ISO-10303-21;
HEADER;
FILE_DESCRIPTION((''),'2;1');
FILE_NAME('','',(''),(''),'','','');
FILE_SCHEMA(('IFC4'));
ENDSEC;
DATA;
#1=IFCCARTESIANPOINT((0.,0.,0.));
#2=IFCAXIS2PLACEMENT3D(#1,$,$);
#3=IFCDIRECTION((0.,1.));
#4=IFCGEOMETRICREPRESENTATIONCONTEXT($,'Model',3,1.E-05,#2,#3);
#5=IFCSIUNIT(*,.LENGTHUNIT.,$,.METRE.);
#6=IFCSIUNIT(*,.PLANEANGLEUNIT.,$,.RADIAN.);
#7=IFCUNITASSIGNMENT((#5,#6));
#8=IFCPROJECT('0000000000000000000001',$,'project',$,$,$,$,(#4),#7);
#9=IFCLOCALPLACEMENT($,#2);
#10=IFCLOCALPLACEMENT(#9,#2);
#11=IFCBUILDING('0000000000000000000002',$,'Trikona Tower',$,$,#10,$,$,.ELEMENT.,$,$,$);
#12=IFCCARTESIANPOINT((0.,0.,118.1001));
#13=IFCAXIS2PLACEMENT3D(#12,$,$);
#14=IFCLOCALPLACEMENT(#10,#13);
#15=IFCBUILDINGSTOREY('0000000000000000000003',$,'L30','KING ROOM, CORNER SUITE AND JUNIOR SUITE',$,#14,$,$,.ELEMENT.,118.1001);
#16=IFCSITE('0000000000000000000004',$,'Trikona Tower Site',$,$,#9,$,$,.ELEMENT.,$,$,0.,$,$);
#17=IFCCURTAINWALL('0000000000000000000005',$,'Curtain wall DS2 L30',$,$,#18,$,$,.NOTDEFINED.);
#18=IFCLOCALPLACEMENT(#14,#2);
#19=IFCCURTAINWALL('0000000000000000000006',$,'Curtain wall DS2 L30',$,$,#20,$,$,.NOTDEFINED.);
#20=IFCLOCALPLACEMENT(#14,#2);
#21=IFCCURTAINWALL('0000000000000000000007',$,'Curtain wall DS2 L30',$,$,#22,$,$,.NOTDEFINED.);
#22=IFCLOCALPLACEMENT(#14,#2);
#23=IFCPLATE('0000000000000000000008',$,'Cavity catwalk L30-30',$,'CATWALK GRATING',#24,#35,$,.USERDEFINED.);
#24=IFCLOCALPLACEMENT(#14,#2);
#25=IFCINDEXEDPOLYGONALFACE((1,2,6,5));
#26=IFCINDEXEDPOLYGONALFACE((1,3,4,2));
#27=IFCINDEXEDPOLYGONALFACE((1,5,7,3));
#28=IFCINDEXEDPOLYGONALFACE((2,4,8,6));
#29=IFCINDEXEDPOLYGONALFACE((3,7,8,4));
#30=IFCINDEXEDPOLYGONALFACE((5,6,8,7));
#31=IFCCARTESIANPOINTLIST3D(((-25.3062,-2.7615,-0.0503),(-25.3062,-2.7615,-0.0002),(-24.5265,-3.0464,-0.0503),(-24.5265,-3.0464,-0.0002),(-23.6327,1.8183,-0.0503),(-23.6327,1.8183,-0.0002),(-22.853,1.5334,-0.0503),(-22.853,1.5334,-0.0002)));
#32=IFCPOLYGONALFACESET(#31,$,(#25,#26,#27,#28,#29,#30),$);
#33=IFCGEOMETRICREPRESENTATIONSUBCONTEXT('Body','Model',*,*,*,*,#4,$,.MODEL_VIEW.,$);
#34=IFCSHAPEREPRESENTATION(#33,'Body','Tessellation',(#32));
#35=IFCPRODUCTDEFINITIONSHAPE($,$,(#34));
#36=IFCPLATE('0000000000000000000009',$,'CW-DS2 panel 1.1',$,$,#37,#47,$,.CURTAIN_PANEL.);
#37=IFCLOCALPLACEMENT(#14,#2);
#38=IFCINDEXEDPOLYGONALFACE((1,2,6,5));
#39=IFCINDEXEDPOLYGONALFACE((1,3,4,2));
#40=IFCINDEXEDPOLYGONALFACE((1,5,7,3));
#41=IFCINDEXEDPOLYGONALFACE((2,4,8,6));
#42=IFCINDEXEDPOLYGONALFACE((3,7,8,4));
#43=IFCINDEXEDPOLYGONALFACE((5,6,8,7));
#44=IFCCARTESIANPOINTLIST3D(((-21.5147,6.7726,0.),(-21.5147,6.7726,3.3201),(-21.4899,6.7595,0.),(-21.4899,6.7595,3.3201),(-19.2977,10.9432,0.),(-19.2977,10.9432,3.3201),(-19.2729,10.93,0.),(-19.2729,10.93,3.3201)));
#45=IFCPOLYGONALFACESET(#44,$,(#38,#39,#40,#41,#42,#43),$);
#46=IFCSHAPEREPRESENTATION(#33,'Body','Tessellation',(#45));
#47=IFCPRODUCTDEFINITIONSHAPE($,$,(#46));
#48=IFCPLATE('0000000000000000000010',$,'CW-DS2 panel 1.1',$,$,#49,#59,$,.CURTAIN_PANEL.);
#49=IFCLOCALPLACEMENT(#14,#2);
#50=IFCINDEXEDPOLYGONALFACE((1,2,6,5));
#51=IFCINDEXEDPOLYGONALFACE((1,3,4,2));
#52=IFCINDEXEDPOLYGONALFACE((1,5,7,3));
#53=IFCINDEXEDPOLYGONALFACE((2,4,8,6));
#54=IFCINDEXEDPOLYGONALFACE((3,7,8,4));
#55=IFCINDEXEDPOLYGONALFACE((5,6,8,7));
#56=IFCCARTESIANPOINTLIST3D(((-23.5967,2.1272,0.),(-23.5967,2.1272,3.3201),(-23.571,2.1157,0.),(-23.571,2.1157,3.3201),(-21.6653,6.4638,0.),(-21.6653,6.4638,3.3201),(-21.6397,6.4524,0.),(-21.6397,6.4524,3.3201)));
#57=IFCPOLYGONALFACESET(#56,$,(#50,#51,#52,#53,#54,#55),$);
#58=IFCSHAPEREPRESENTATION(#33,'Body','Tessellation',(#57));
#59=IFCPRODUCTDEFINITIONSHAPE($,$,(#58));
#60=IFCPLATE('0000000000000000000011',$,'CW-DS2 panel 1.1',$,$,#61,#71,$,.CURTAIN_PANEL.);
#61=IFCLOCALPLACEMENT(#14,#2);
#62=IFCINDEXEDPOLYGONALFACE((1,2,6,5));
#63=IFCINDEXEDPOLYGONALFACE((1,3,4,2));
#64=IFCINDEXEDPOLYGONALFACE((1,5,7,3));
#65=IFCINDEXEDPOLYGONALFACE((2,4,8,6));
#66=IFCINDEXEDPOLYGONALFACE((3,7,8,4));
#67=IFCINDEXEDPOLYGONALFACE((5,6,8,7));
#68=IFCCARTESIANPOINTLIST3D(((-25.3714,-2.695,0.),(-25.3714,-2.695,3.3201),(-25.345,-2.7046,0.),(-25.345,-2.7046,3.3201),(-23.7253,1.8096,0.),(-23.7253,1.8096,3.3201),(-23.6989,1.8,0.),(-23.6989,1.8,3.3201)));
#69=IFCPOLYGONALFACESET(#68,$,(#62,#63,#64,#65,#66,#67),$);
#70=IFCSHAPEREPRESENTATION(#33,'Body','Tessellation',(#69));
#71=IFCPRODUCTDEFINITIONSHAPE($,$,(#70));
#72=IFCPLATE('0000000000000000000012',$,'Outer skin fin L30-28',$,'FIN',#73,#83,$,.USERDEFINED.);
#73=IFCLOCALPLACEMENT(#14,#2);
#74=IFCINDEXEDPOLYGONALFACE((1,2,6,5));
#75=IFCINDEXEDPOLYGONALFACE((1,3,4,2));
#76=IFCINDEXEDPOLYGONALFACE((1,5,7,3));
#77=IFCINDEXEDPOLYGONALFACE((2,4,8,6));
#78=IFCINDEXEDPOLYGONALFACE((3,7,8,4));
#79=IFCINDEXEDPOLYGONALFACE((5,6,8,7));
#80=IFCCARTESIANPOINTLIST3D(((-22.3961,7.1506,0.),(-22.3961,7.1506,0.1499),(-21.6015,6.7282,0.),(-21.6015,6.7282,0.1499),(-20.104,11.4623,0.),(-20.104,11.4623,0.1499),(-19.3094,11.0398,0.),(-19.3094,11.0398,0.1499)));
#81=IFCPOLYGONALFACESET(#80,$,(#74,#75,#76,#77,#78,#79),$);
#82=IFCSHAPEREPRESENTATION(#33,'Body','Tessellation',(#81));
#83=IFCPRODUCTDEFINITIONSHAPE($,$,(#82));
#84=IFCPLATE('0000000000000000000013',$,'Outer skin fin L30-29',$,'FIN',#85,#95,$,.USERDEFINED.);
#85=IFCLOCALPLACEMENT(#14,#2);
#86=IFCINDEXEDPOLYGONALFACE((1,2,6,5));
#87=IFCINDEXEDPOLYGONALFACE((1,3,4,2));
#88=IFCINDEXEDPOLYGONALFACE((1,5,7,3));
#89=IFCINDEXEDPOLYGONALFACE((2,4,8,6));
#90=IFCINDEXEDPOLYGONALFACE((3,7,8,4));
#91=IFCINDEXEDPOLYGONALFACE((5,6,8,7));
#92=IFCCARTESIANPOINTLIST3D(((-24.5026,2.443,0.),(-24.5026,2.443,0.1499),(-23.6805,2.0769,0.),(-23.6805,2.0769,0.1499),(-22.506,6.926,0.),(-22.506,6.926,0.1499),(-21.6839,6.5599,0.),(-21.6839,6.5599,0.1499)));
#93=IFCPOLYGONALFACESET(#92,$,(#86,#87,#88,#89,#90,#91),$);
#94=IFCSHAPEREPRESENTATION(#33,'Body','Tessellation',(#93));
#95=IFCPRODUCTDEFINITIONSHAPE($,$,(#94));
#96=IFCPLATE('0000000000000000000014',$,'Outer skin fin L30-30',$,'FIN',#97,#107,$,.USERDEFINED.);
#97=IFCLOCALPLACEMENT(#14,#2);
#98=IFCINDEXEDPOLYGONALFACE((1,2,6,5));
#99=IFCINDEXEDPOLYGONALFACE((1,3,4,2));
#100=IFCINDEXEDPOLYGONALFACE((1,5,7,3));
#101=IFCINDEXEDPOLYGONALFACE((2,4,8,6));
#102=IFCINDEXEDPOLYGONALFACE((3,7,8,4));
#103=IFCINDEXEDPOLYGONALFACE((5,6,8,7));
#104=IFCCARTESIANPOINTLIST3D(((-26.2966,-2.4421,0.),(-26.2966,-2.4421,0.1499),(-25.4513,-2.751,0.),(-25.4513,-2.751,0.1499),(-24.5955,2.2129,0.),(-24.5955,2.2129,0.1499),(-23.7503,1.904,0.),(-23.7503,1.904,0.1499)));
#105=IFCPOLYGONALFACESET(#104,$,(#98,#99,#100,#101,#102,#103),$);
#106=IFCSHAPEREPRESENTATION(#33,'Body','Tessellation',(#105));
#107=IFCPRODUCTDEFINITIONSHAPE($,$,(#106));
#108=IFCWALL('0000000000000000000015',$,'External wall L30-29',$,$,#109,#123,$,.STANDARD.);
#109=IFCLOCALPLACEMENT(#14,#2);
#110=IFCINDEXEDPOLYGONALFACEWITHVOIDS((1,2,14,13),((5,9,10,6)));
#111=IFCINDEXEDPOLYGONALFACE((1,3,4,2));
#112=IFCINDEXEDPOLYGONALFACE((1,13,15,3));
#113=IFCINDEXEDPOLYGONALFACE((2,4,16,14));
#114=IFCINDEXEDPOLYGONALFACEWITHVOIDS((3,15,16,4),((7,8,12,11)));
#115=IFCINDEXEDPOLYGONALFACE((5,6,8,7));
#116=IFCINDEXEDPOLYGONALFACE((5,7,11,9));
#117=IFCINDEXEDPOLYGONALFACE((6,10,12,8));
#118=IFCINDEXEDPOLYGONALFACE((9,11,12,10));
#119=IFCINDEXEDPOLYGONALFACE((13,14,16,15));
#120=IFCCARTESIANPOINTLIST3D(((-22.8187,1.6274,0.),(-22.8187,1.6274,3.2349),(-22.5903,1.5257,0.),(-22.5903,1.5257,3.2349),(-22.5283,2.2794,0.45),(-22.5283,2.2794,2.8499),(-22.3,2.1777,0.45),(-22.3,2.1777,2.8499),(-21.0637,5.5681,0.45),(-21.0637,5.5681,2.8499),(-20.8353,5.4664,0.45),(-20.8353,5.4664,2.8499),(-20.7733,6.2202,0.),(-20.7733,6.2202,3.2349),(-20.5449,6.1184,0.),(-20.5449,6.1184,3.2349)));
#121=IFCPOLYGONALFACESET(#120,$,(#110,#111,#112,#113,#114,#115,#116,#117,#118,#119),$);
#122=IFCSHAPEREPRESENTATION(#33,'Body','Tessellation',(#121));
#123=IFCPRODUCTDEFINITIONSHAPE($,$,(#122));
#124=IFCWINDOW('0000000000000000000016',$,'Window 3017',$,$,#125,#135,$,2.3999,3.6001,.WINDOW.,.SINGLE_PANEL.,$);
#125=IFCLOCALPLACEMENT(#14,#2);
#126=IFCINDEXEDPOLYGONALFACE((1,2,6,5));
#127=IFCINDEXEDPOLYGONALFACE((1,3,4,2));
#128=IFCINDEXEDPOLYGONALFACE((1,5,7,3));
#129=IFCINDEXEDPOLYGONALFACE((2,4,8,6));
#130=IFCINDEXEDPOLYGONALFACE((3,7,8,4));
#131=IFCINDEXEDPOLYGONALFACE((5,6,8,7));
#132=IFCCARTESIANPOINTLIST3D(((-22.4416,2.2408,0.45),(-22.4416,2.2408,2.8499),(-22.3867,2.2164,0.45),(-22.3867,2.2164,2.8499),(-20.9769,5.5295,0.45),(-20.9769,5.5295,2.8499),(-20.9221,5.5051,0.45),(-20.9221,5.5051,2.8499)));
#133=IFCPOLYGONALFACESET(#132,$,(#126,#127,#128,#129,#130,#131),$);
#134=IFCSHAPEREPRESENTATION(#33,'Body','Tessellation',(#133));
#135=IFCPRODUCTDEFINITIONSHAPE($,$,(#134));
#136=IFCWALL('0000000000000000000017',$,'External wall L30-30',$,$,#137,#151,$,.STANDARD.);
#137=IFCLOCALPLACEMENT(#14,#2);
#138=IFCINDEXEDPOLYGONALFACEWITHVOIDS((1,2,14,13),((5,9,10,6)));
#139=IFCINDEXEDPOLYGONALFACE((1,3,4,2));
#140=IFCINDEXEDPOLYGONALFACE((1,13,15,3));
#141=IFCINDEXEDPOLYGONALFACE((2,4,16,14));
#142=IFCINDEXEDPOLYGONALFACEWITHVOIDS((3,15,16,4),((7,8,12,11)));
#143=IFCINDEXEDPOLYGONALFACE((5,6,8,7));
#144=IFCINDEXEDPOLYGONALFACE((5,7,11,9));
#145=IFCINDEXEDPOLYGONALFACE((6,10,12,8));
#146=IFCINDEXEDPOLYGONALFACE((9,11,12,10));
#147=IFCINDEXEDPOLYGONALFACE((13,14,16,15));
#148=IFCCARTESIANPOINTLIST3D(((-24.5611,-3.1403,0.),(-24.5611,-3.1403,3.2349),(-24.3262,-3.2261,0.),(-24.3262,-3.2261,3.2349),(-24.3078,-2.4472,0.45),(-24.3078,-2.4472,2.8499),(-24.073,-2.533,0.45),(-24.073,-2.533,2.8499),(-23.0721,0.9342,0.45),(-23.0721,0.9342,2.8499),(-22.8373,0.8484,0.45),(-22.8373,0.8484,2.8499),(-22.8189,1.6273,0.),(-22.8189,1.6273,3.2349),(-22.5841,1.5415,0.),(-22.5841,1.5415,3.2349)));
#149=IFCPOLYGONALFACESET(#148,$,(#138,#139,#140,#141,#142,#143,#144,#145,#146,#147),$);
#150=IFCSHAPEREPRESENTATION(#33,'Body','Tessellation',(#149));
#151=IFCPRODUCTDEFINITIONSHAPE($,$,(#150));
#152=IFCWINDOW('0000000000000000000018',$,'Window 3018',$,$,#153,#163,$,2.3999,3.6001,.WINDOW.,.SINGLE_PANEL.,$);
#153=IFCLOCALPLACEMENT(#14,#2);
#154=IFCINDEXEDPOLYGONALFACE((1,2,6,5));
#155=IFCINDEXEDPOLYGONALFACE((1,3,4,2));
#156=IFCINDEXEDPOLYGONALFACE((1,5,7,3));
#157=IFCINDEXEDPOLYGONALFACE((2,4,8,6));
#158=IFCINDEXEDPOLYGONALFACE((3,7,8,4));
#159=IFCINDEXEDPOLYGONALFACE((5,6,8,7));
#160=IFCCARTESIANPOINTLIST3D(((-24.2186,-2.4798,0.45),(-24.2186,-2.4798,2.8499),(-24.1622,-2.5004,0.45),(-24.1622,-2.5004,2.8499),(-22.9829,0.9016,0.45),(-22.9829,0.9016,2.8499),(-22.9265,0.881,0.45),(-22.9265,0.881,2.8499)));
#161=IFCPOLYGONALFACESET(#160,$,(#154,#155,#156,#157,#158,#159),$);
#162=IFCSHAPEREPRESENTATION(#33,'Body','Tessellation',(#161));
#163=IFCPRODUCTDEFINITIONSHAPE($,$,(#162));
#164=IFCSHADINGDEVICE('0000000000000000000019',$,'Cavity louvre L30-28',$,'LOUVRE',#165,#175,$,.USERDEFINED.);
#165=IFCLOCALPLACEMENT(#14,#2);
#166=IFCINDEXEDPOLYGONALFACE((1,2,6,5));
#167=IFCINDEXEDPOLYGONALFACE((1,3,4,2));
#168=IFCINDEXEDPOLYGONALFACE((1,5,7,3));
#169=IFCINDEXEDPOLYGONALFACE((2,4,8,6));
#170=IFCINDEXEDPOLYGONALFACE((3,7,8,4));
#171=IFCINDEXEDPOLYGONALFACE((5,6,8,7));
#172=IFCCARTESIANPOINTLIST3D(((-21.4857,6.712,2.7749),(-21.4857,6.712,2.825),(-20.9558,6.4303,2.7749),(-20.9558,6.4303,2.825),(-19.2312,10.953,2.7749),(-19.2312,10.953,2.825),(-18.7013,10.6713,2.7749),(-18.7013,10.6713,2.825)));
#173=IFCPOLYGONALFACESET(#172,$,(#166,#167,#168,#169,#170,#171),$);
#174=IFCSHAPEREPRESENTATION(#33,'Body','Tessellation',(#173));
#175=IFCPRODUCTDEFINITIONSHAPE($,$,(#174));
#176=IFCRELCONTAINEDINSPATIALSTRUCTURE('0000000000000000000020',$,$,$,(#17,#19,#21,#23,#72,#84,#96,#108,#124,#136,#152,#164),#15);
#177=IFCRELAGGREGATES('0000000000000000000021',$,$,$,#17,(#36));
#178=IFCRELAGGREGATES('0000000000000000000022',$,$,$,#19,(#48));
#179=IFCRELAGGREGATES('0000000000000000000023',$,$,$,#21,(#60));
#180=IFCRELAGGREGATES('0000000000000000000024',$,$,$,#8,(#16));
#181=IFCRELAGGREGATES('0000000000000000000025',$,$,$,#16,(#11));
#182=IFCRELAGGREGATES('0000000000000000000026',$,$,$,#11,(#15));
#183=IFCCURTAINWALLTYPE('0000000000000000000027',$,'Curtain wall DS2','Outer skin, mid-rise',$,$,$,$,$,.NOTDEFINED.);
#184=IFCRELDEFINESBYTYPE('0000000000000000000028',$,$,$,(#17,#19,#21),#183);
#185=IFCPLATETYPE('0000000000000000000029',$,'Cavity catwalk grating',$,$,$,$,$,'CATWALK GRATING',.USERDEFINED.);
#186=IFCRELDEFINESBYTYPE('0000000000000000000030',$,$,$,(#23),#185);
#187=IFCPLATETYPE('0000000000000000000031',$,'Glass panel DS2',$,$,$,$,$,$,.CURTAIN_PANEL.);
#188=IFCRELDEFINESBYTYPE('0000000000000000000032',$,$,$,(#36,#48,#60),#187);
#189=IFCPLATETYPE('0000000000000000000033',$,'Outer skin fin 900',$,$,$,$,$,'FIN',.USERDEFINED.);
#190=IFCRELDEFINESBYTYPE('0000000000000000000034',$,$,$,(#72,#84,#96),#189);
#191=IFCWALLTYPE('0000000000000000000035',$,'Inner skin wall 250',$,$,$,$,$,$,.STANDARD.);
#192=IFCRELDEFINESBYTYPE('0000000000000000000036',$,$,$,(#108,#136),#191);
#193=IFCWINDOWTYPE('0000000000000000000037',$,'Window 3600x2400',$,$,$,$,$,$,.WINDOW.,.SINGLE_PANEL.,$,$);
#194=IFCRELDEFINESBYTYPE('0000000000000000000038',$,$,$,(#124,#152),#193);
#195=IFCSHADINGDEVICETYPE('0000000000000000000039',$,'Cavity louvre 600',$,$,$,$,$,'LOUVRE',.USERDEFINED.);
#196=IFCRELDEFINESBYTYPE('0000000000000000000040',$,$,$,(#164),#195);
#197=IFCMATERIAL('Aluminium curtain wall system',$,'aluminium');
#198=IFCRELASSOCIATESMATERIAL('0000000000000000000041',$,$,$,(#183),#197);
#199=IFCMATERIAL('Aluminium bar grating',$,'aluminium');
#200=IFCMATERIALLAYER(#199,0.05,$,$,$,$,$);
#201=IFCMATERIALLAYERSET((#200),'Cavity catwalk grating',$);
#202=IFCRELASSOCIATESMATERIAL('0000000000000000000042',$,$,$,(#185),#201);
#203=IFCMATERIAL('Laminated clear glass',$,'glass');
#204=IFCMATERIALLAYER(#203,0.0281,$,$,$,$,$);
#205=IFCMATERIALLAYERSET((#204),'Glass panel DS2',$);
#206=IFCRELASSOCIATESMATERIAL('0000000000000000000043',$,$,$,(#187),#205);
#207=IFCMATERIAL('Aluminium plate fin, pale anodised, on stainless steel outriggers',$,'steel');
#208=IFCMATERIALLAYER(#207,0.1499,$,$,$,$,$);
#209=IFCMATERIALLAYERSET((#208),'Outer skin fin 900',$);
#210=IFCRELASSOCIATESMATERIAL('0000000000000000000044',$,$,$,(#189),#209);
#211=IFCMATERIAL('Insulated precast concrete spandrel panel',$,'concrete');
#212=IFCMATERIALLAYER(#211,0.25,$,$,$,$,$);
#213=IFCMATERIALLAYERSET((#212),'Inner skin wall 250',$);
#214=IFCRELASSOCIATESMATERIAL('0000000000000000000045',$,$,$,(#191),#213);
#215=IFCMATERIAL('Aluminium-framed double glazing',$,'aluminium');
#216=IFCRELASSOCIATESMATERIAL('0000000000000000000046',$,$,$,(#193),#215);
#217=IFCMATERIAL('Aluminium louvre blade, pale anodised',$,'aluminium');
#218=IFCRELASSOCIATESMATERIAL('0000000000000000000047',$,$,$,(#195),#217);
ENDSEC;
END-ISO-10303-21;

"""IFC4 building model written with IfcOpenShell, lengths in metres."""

from ifc_helpers import new_model, si_unit, direction, frame, frame_2d, origin, origin_2d, place, context, subcontext, project, spatial, rectangle, extrude, material, layer, layer_set, type_object, element, fill, aggregate, save


model = new_model("IFC4")

# Units and contexts
model_context = context("Model", 3, precision=1e-05, world=origin(), true_north=direction((0.0, 1.0)))
body_context = subcontext(model_context, "Body", "Model", "MODEL_VIEW")
ifc_project = project(units=[si_unit("LENGTHUNIT", "METRE"), si_unit("PLANEANGLEUNIT", "RADIAN")], contexts=[model_context])

# Site, building, storey
site_placement = place(None, origin())
site = spatial("IfcSite", under=ifc_project, at=site_placement, Name="Trikona Tower Site", CompositionType="ELEMENT", RefElevation=0.0)
building_placement = place(site_placement, origin())
building = spatial("IfcBuilding", under=site, at=building_placement, Name="Trikona Tower", CompositionType="ELEMENT")
storey_placement = place(building_placement, frame((0.0, 0.0, 118.1001)))
storey = spatial("IfcBuildingStorey", under=building, at=storey_placement, Name="L30", Description="KING ROOM, CORNER SUITE AND JUNIOR SUITE", CompositionType="ELEMENT", Elevation=118.1001)

# Curtain walls
ifc_material_1 = material(Name="Aluminium curtain wall system", Category="aluminium")
curtain_wall_type = type_object("IfcCurtainWallType", Name="Curtain wall DS2", Description="Outer skin, mid-rise", PredefinedType="NOTDEFINED", material=ifc_material_1)
curtain_wall_1_placement = place(storey_placement, origin())
curtain_wall_1 = element("IfcCurtainWall", 1, at=curtain_wall_1_placement, inside=storey, type_object=curtain_wall_type, Name="Curtain wall DS2 L30", PredefinedType="NOTDEFINED")
curtain_wall_2_placement = place(storey_placement, origin())
curtain_wall_2 = element("IfcCurtainWall", 2, at=curtain_wall_2_placement, inside=storey, type_object=curtain_wall_type, Name="Curtain wall DS2 L30", PredefinedType="NOTDEFINED")

# Curtain wall
curtain_wall_3_placement = place(storey_placement, origin())
curtain_wall_3 = element("IfcCurtainWall", 3, at=curtain_wall_3_placement, inside=storey, type_object=curtain_wall_type, Name="Curtain wall DS2 L30", PredefinedType="NOTDEFINED")

# Plate
ifc_material_2 = material(Name="Aluminium bar grating", Category="aluminium")
ifc_layer_1 = layer(ifc_material_2, 0.05)
ifc_layer_set_1 = layer_set([ifc_layer_1], Name="Cavity catwalk grating")
plate_type_1 = type_object("IfcPlateType", Name="Cavity catwalk grating", ElementType="CATWALK GRATING", PredefinedType="USERDEFINED", material=ifc_layer_set_1)
plate_1_placement = place(storey_placement, frame((-24.0796, -0.614, -0.0503), z_axis=(0.0, 0.0, 1.0), x_axis=(-0.34322, -0.939255, 0.0)))
element("IfcPlate", 4, at=plate_1_placement, inside=storey, type_object=plate_type_1, Name="Cavity catwalk L30-30", ObjectType="CATWALK GRATING", PredefinedType="USERDEFINED", context=body_context, shape_type="SweptSolid", body=[
    extrude(rectangle(XDim=4.876, YDim=0.8301, at=origin_2d()), origin(), (0.0, 0.0, 1.0), 0.05),
])

# Plates
ifc_material_3 = material(Name="Laminated clear glass", Category="glass")
ifc_layer_2 = layer(ifc_material_3, 0.0281)
ifc_layer_set_2 = layer_set([ifc_layer_2], Name="Glass panel DS2")
plate_type_2 = type_object("IfcPlateType", Name="Glass panel DS2", PredefinedType="CURTAIN_PANEL", material=ifc_layer_set_2)
plate_2_placement = place(storey_placement, frame((-20.3938, 8.8513, 0.0), z_axis=(0.0, 0.0, 1.0), x_axis=(-0.46938, -0.882996, 0.0)))
plate_2 = element("IfcPlate", 5, at=plate_2_placement, type_object=plate_type_2, Name="CW-DS2 panel 1.1", PredefinedType="CURTAIN_PANEL", context=body_context, shape_type="SweptSolid", body=[
    extrude(rectangle(XDim=4.7231, YDim=0.0281, at=origin_2d()), origin(), (0.0, 0.0, 1.0), 3.3201),
])
aggregate(curtain_wall_1, [plate_2])
plate_3_placement = place(storey_placement, frame((-22.6182, 4.2898, 0.0), z_axis=(0.0, 0.0, 1.0), x_axis=(-0.406836, -0.913501, 0.0)))
plate_3 = element("IfcPlate", 6, at=plate_3_placement, type_object=plate_type_2, Name="CW-DS2 panel 1.1", PredefinedType="CURTAIN_PANEL", context=body_context, shape_type="SweptSolid", body=[
    extrude(rectangle(XDim=4.7473, YDim=0.0281, at=origin_2d()), origin(), (0.0, 0.0, 1.0), 3.3201),
])
aggregate(curtain_wall_2, [plate_3])
plate_4_placement = place(storey_placement, frame((-24.5352, -0.4475, 0.0), z_axis=(0.0, 0.0, 1.0), x_axis=(-0.343223, -0.939254, 0.0)))
plate_4 = element("IfcPlate", 7, at=plate_4_placement, type_object=plate_type_2, Name="CW-DS2 panel 1.1", PredefinedType="CURTAIN_PANEL", context=body_context, shape_type="SweptSolid", body=[
    extrude(rectangle(XDim=4.7959, YDim=0.0281, at=origin_2d()), origin(), (0.0, 0.0, 1.0), 3.3201),
])
aggregate(curtain_wall_3, [plate_4])

# Plates
ifc_material_4 = material(Name="Aluminium plate fin, pale anodised, on stainless steel outriggers", Category="steel")
ifc_layer_3 = layer(ifc_material_4, 0.1499)
ifc_layer_set_3 = layer_set([ifc_layer_3], Name="Outer skin fin 900")
plate_type_3 = type_object("IfcPlateType", Name="Outer skin fin 900", ElementType="FIN", PredefinedType="USERDEFINED", material=ifc_layer_set_3)
plate_5_placement = place(storey_placement, frame((-20.8528, 9.0952, 0.0), z_axis=(0.0, 0.0, 1.0), x_axis=(-0.469398, -0.882987, 0.0)))
element("IfcPlate", 8, at=plate_5_placement, inside=storey, type_object=plate_type_3, Name="Outer skin fin L30-28", ObjectType="FIN", PredefinedType="USERDEFINED", context=body_context, shape_type="SweptSolid", body=[
    extrude(rectangle(XDim=4.8831, YDim=0.8999, at=origin_2d()), origin(), (0.0, 0.0, 1.0), 0.1499),
])
plate_6_placement = place(storey_placement, frame((-23.0933, 4.5015, 0.0), z_axis=(0.0, 0.0, 1.0), x_axis=(-0.406843, -0.913498, 0.0)))
element("IfcPlate", 9, at=plate_6_placement, inside=storey, type_object=plate_type_3, Name="Outer skin fin L30-29", ObjectType="FIN", PredefinedType="USERDEFINED", context=body_context, shape_type="SweptSolid", body=[
    extrude(rectangle(XDim=4.9075, YDim=0.8999, at=origin_2d()), origin(), (0.0, 0.0, 1.0), 0.1499),
])
plate_7_placement = place(storey_placement, frame((-25.0234, -0.269, 0.0), z_axis=(0.0, 0.0, 1.0), x_axis=(-0.34322, -0.939255, 0.0)))
element("IfcPlate", 10, at=plate_7_placement, inside=storey, type_object=plate_type_3, Name="Outer skin fin L30-30", ObjectType="FIN", PredefinedType="USERDEFINED", context=body_context, shape_type="SweptSolid", body=[
    extrude(rectangle(XDim=4.9561, YDim=0.8999, at=origin_2d()), origin(), (0.0, 0.0, 1.0), 0.1499),
])

# Walls, openings, windows
ifc_material_5 = material(Name="Insulated precast concrete spandrel panel", Category="concrete")
ifc_layer_4 = layer(ifc_material_5, 0.25)
ifc_layer_set_4 = layer_set([ifc_layer_4], Name="Inner skin wall 250")
wall_type = type_object("IfcWallType", Name="Inner skin wall 250", PredefinedType="STANDARD", material=ifc_layer_set_4)
wall_1_placement = place(storey_placement, frame((-20.6592, 6.1692, 0.0), z_axis=(0.0, 0.0, 1.0), x_axis=(-0.406832, -0.913503, 0.0)))
wall_1 = element("IfcWall", 11, at=wall_1_placement, inside=storey, type_object=wall_type, Name="External wall L30-29", PredefinedType="STANDARD", context=body_context, shape_type="SweptSolid", body=[
    extrude(rectangle(XDim=5.0276, YDim=0.25, at=frame_2d((2.5137, 0.0))), origin(), (0.0, 0.0, 1.0), 3.2349),
])
opening_1_placement = place(wall_1_placement, frame((0.7136, 0.0, 0.45)))
opening_1 = element("IfcOpeningElement", 12, at=opening_1_placement, cuts=wall_1, PredefinedType="OPENING", context=body_context, shape_type="SweptSolid", body=[
    extrude(rectangle(XDim=3.6001, YDim=2.3999, at=frame_2d((1.8, 1.2))), frame((0.0, 0.135, 0.0), z_axis=(0.0, -1.0, 0.0), x_axis=(1.0, 0.0, 0.0)), (0.0, 0.0, 1.0), 0.27),
])
ifc_material_6 = material(Name="Aluminium-framed double glazing", Category="aluminium")
window_type = type_object("IfcWindowType", Name="Window 3600x2400", PartitioningType="SINGLE_PANEL", PredefinedType="WINDOW", material=ifc_material_6)
window_1_placement = place(opening_1_placement, origin())
window_1 = element("IfcWindow", 13, at=window_1_placement, inside=storey, type_object=window_type, Name="Window 3017", OverallHeight=2.3999, OverallWidth=3.6001, PartitioningType="SINGLE_PANEL", PredefinedType="WINDOW", context=body_context, shape_type="SweptSolid", body=[
    extrude(rectangle(XDim=3.6001, YDim=2.3999, at=frame_2d((1.8, 1.2))), frame((0.0, 0.03, 0.0), z_axis=(0.0, -1.0, 0.0), x_axis=(1.0, 0.0, 0.0)), (0.0, 0.0, 1.0), 0.0601),
])
fill(opening_1, window_1)
wall_2_placement = place(storey_placement, frame((-22.7014, 1.5845, 0.0), z_axis=(0.0, 0.0, 1.0), x_axis=(-0.343226, -0.939253, 0.0)))
wall_2 = element("IfcWall", 14, at=wall_2_placement, inside=storey, type_object=wall_type, Name="External wall L30-30", PredefinedType="STANDARD", context=body_context, shape_type="SweptSolid", body=[
    extrude(rectangle(XDim=5.0759, YDim=0.25, at=frame_2d((2.5381, 0.0))), origin(), (0.0, 0.0, 1.0), 3.2349),
])
opening_2_placement = place(wall_2_placement, frame((0.738, 0.0, 0.45)))
opening_2 = element("IfcOpeningElement", 15, at=opening_2_placement, cuts=wall_2, PredefinedType="OPENING", context=body_context, shape_type="SweptSolid", body=[
    extrude(rectangle(XDim=3.6001, YDim=2.3999, at=frame_2d((1.8, 1.2))), frame((0.0, 0.135, 0.0), z_axis=(0.0, -1.0, 0.0), x_axis=(1.0, 0.0, 0.0)), (0.0, 0.0, 1.0), 0.27),
])
window_2_placement = place(opening_2_placement, origin())
window_2 = element("IfcWindow", 16, at=window_2_placement, inside=storey, type_object=window_type, Name="Window 3018", OverallHeight=2.3999, OverallWidth=3.6001, PartitioningType="SINGLE_PANEL", PredefinedType="WINDOW", context=body_context, shape_type="SweptSolid", body=[
    extrude(rectangle(XDim=3.6001, YDim=2.3999, at=frame_2d((1.8, 1.2))), frame((0.0, 0.03, 0.0), z_axis=(0.0, -1.0, 0.0), x_axis=(1.0, 0.0, 0.0)), (0.0, 0.0, 1.0), 0.0601),
])
fill(opening_2, window_2)

# Shading device
ifc_material_7 = material(Name="Aluminium louvre blade, pale anodised", Category="aluminium")
shading_device_type = type_object("IfcShadingDeviceType", Name="Cavity louvre 600", ElementType="LOUVRE", PredefinedType="USERDEFINED", material=ifc_material_7)
shading_device_1_placement = place(storey_placement, frame((-20.0935, 8.6917, 2.7749), z_axis=(0.0, 0.0, 1.0), x_axis=(-0.469398, -0.882987, 0.0)))
element("IfcShadingDevice", 17, at=shading_device_1_placement, inside=storey, type_object=shading_device_type, Name="Cavity louvre L30-28", ObjectType="LOUVRE", PredefinedType="USERDEFINED", context=body_context, shape_type="SweptSolid", body=[
    extrude(rectangle(XDim=4.803, YDim=0.6001, at=origin_2d()), origin(), (0.0, 0.0, 1.0), 0.05),
])

save(model, "model.ifc")
